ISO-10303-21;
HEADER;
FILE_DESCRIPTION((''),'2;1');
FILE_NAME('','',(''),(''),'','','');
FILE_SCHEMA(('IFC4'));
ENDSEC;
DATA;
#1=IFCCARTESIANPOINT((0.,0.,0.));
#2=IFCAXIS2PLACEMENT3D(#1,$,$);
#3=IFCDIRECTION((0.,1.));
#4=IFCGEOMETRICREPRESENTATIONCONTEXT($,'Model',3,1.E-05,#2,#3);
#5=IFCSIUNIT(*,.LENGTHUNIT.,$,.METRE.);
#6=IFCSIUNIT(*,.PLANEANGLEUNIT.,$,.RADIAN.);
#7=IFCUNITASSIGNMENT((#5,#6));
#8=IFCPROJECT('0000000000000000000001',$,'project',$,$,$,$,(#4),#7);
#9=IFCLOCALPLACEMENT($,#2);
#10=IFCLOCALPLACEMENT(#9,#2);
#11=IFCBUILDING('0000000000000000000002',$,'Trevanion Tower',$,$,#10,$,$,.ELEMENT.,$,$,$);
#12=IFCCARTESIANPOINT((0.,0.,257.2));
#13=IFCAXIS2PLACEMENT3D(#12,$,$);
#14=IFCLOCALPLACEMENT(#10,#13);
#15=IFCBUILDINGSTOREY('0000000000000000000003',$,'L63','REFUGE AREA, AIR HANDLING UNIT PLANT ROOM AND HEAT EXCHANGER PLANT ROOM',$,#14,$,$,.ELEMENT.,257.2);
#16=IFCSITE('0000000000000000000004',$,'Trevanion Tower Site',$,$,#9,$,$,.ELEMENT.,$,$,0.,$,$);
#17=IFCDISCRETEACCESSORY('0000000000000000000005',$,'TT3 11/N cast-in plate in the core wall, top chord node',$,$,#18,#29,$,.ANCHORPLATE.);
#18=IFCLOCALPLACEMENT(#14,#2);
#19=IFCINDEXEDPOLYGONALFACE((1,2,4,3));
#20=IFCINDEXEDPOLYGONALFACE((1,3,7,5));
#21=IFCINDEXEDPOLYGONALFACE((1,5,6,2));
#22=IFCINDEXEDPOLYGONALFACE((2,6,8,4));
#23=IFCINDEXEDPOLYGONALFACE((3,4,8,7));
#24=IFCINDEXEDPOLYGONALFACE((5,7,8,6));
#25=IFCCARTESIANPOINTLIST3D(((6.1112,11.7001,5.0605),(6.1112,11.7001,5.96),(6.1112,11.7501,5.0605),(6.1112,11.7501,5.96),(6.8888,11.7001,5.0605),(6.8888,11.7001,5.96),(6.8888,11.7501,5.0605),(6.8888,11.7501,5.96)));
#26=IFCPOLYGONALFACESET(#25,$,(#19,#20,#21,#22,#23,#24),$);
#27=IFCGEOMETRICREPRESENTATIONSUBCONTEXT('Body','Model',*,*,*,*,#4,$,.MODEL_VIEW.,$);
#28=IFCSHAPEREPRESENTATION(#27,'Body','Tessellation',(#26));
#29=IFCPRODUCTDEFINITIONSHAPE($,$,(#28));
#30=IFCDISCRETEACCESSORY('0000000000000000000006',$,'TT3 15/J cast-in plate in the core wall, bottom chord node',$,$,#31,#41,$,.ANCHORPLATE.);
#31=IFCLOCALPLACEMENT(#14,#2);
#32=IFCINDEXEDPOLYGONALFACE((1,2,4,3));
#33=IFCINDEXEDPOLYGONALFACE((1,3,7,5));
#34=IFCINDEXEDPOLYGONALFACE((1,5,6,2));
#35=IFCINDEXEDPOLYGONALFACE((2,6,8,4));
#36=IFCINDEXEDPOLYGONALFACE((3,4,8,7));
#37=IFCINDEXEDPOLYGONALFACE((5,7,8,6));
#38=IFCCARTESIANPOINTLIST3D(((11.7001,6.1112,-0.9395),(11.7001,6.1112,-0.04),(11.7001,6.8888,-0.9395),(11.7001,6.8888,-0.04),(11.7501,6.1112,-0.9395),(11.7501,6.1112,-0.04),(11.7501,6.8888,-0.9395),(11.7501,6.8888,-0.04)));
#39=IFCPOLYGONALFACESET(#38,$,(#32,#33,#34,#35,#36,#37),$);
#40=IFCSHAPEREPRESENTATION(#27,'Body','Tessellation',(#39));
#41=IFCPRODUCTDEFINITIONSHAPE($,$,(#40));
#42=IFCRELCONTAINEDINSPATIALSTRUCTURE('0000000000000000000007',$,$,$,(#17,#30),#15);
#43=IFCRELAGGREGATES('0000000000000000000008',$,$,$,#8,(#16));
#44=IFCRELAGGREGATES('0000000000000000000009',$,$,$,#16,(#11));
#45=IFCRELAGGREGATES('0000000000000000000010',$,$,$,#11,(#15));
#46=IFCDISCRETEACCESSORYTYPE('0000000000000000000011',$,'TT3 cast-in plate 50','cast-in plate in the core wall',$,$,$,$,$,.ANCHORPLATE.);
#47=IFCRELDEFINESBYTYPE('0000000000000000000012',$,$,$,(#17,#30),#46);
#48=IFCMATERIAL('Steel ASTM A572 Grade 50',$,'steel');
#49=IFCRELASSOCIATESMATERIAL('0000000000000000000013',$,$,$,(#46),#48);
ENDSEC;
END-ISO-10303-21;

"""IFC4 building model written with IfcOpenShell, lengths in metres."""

from ifc_helpers import new_model, si_unit, direction, frame, origin, origin_2d, place, context, subcontext, project, spatial, rectangle, extrude, material, type_object, element, save


model = new_model("IFC4")

# Units and contexts
model_context = context("Model", 3, precision=1e-05, world=origin(), true_north=direction((0.0, 1.0)))
body_context = subcontext(model_context, "Body", "Model", "MODEL_VIEW")
ifc_project = project(units=[si_unit("LENGTHUNIT", "METRE"), si_unit("PLANEANGLEUNIT", "RADIAN")], contexts=[model_context])

# Site, building, storey
site_placement = place(None, origin())
site = spatial("IfcSite", under=ifc_project, at=site_placement, Name="Trevanion Tower Site", CompositionType="ELEMENT", RefElevation=0.0)
building_placement = place(site_placement, origin())
building = spatial("IfcBuilding", under=site, at=building_placement, Name="Trevanion Tower", CompositionType="ELEMENT")
storey_placement = place(building_placement, frame((0.0, 0.0, 257.2)))
storey = spatial("IfcBuildingStorey", under=building, at=storey_placement, Name="L63", Description="REFUGE AREA, AIR HANDLING UNIT PLANT ROOM AND HEAT EXCHANGER PLANT ROOM", CompositionType="ELEMENT", Elevation=257.2)

# Discrete accessories
ifc_material_1 = material(Name="Steel ASTM A572 Grade 50", Category="steel")
discrete_accessory_type = type_object("IfcDiscreteAccessoryType", Name="TT3 cast-in plate 50", Description="cast-in plate in the core wall", PredefinedType="ANCHORPLATE", material=ifc_material_1)
for number, where, z_axis, x_axis, name in (
    (1, (6.5, 11.7251, 5.0605), (0.0, 0.0, 1.0), (0.0, 1.0, 0.0), "TT3 11/N cast-in plate in the core wall, top chord node"),
    (2, (11.7251, 6.5, -0.9395), (0.0, 0.0, 1.0), (1.0, 0.0, 0.0), "TT3 15/J cast-in plate in the core wall, bottom chord node"),
):
    element("IfcDiscreteAccessory", number, at=place(storey_placement, frame(where, z_axis=z_axis, x_axis=x_axis)), inside=storey, type_object=discrete_accessory_type, Name=name, PredefinedType="ANCHORPLATE", context=body_context, shape_type="SweptSolid", body=[
        extrude(rectangle(XDim=0.05, YDim=0.7776, at=origin_2d()), origin(), (0.0, 0.0, 1.0), 0.8994),
    ])

save(model, "model.ifc")
